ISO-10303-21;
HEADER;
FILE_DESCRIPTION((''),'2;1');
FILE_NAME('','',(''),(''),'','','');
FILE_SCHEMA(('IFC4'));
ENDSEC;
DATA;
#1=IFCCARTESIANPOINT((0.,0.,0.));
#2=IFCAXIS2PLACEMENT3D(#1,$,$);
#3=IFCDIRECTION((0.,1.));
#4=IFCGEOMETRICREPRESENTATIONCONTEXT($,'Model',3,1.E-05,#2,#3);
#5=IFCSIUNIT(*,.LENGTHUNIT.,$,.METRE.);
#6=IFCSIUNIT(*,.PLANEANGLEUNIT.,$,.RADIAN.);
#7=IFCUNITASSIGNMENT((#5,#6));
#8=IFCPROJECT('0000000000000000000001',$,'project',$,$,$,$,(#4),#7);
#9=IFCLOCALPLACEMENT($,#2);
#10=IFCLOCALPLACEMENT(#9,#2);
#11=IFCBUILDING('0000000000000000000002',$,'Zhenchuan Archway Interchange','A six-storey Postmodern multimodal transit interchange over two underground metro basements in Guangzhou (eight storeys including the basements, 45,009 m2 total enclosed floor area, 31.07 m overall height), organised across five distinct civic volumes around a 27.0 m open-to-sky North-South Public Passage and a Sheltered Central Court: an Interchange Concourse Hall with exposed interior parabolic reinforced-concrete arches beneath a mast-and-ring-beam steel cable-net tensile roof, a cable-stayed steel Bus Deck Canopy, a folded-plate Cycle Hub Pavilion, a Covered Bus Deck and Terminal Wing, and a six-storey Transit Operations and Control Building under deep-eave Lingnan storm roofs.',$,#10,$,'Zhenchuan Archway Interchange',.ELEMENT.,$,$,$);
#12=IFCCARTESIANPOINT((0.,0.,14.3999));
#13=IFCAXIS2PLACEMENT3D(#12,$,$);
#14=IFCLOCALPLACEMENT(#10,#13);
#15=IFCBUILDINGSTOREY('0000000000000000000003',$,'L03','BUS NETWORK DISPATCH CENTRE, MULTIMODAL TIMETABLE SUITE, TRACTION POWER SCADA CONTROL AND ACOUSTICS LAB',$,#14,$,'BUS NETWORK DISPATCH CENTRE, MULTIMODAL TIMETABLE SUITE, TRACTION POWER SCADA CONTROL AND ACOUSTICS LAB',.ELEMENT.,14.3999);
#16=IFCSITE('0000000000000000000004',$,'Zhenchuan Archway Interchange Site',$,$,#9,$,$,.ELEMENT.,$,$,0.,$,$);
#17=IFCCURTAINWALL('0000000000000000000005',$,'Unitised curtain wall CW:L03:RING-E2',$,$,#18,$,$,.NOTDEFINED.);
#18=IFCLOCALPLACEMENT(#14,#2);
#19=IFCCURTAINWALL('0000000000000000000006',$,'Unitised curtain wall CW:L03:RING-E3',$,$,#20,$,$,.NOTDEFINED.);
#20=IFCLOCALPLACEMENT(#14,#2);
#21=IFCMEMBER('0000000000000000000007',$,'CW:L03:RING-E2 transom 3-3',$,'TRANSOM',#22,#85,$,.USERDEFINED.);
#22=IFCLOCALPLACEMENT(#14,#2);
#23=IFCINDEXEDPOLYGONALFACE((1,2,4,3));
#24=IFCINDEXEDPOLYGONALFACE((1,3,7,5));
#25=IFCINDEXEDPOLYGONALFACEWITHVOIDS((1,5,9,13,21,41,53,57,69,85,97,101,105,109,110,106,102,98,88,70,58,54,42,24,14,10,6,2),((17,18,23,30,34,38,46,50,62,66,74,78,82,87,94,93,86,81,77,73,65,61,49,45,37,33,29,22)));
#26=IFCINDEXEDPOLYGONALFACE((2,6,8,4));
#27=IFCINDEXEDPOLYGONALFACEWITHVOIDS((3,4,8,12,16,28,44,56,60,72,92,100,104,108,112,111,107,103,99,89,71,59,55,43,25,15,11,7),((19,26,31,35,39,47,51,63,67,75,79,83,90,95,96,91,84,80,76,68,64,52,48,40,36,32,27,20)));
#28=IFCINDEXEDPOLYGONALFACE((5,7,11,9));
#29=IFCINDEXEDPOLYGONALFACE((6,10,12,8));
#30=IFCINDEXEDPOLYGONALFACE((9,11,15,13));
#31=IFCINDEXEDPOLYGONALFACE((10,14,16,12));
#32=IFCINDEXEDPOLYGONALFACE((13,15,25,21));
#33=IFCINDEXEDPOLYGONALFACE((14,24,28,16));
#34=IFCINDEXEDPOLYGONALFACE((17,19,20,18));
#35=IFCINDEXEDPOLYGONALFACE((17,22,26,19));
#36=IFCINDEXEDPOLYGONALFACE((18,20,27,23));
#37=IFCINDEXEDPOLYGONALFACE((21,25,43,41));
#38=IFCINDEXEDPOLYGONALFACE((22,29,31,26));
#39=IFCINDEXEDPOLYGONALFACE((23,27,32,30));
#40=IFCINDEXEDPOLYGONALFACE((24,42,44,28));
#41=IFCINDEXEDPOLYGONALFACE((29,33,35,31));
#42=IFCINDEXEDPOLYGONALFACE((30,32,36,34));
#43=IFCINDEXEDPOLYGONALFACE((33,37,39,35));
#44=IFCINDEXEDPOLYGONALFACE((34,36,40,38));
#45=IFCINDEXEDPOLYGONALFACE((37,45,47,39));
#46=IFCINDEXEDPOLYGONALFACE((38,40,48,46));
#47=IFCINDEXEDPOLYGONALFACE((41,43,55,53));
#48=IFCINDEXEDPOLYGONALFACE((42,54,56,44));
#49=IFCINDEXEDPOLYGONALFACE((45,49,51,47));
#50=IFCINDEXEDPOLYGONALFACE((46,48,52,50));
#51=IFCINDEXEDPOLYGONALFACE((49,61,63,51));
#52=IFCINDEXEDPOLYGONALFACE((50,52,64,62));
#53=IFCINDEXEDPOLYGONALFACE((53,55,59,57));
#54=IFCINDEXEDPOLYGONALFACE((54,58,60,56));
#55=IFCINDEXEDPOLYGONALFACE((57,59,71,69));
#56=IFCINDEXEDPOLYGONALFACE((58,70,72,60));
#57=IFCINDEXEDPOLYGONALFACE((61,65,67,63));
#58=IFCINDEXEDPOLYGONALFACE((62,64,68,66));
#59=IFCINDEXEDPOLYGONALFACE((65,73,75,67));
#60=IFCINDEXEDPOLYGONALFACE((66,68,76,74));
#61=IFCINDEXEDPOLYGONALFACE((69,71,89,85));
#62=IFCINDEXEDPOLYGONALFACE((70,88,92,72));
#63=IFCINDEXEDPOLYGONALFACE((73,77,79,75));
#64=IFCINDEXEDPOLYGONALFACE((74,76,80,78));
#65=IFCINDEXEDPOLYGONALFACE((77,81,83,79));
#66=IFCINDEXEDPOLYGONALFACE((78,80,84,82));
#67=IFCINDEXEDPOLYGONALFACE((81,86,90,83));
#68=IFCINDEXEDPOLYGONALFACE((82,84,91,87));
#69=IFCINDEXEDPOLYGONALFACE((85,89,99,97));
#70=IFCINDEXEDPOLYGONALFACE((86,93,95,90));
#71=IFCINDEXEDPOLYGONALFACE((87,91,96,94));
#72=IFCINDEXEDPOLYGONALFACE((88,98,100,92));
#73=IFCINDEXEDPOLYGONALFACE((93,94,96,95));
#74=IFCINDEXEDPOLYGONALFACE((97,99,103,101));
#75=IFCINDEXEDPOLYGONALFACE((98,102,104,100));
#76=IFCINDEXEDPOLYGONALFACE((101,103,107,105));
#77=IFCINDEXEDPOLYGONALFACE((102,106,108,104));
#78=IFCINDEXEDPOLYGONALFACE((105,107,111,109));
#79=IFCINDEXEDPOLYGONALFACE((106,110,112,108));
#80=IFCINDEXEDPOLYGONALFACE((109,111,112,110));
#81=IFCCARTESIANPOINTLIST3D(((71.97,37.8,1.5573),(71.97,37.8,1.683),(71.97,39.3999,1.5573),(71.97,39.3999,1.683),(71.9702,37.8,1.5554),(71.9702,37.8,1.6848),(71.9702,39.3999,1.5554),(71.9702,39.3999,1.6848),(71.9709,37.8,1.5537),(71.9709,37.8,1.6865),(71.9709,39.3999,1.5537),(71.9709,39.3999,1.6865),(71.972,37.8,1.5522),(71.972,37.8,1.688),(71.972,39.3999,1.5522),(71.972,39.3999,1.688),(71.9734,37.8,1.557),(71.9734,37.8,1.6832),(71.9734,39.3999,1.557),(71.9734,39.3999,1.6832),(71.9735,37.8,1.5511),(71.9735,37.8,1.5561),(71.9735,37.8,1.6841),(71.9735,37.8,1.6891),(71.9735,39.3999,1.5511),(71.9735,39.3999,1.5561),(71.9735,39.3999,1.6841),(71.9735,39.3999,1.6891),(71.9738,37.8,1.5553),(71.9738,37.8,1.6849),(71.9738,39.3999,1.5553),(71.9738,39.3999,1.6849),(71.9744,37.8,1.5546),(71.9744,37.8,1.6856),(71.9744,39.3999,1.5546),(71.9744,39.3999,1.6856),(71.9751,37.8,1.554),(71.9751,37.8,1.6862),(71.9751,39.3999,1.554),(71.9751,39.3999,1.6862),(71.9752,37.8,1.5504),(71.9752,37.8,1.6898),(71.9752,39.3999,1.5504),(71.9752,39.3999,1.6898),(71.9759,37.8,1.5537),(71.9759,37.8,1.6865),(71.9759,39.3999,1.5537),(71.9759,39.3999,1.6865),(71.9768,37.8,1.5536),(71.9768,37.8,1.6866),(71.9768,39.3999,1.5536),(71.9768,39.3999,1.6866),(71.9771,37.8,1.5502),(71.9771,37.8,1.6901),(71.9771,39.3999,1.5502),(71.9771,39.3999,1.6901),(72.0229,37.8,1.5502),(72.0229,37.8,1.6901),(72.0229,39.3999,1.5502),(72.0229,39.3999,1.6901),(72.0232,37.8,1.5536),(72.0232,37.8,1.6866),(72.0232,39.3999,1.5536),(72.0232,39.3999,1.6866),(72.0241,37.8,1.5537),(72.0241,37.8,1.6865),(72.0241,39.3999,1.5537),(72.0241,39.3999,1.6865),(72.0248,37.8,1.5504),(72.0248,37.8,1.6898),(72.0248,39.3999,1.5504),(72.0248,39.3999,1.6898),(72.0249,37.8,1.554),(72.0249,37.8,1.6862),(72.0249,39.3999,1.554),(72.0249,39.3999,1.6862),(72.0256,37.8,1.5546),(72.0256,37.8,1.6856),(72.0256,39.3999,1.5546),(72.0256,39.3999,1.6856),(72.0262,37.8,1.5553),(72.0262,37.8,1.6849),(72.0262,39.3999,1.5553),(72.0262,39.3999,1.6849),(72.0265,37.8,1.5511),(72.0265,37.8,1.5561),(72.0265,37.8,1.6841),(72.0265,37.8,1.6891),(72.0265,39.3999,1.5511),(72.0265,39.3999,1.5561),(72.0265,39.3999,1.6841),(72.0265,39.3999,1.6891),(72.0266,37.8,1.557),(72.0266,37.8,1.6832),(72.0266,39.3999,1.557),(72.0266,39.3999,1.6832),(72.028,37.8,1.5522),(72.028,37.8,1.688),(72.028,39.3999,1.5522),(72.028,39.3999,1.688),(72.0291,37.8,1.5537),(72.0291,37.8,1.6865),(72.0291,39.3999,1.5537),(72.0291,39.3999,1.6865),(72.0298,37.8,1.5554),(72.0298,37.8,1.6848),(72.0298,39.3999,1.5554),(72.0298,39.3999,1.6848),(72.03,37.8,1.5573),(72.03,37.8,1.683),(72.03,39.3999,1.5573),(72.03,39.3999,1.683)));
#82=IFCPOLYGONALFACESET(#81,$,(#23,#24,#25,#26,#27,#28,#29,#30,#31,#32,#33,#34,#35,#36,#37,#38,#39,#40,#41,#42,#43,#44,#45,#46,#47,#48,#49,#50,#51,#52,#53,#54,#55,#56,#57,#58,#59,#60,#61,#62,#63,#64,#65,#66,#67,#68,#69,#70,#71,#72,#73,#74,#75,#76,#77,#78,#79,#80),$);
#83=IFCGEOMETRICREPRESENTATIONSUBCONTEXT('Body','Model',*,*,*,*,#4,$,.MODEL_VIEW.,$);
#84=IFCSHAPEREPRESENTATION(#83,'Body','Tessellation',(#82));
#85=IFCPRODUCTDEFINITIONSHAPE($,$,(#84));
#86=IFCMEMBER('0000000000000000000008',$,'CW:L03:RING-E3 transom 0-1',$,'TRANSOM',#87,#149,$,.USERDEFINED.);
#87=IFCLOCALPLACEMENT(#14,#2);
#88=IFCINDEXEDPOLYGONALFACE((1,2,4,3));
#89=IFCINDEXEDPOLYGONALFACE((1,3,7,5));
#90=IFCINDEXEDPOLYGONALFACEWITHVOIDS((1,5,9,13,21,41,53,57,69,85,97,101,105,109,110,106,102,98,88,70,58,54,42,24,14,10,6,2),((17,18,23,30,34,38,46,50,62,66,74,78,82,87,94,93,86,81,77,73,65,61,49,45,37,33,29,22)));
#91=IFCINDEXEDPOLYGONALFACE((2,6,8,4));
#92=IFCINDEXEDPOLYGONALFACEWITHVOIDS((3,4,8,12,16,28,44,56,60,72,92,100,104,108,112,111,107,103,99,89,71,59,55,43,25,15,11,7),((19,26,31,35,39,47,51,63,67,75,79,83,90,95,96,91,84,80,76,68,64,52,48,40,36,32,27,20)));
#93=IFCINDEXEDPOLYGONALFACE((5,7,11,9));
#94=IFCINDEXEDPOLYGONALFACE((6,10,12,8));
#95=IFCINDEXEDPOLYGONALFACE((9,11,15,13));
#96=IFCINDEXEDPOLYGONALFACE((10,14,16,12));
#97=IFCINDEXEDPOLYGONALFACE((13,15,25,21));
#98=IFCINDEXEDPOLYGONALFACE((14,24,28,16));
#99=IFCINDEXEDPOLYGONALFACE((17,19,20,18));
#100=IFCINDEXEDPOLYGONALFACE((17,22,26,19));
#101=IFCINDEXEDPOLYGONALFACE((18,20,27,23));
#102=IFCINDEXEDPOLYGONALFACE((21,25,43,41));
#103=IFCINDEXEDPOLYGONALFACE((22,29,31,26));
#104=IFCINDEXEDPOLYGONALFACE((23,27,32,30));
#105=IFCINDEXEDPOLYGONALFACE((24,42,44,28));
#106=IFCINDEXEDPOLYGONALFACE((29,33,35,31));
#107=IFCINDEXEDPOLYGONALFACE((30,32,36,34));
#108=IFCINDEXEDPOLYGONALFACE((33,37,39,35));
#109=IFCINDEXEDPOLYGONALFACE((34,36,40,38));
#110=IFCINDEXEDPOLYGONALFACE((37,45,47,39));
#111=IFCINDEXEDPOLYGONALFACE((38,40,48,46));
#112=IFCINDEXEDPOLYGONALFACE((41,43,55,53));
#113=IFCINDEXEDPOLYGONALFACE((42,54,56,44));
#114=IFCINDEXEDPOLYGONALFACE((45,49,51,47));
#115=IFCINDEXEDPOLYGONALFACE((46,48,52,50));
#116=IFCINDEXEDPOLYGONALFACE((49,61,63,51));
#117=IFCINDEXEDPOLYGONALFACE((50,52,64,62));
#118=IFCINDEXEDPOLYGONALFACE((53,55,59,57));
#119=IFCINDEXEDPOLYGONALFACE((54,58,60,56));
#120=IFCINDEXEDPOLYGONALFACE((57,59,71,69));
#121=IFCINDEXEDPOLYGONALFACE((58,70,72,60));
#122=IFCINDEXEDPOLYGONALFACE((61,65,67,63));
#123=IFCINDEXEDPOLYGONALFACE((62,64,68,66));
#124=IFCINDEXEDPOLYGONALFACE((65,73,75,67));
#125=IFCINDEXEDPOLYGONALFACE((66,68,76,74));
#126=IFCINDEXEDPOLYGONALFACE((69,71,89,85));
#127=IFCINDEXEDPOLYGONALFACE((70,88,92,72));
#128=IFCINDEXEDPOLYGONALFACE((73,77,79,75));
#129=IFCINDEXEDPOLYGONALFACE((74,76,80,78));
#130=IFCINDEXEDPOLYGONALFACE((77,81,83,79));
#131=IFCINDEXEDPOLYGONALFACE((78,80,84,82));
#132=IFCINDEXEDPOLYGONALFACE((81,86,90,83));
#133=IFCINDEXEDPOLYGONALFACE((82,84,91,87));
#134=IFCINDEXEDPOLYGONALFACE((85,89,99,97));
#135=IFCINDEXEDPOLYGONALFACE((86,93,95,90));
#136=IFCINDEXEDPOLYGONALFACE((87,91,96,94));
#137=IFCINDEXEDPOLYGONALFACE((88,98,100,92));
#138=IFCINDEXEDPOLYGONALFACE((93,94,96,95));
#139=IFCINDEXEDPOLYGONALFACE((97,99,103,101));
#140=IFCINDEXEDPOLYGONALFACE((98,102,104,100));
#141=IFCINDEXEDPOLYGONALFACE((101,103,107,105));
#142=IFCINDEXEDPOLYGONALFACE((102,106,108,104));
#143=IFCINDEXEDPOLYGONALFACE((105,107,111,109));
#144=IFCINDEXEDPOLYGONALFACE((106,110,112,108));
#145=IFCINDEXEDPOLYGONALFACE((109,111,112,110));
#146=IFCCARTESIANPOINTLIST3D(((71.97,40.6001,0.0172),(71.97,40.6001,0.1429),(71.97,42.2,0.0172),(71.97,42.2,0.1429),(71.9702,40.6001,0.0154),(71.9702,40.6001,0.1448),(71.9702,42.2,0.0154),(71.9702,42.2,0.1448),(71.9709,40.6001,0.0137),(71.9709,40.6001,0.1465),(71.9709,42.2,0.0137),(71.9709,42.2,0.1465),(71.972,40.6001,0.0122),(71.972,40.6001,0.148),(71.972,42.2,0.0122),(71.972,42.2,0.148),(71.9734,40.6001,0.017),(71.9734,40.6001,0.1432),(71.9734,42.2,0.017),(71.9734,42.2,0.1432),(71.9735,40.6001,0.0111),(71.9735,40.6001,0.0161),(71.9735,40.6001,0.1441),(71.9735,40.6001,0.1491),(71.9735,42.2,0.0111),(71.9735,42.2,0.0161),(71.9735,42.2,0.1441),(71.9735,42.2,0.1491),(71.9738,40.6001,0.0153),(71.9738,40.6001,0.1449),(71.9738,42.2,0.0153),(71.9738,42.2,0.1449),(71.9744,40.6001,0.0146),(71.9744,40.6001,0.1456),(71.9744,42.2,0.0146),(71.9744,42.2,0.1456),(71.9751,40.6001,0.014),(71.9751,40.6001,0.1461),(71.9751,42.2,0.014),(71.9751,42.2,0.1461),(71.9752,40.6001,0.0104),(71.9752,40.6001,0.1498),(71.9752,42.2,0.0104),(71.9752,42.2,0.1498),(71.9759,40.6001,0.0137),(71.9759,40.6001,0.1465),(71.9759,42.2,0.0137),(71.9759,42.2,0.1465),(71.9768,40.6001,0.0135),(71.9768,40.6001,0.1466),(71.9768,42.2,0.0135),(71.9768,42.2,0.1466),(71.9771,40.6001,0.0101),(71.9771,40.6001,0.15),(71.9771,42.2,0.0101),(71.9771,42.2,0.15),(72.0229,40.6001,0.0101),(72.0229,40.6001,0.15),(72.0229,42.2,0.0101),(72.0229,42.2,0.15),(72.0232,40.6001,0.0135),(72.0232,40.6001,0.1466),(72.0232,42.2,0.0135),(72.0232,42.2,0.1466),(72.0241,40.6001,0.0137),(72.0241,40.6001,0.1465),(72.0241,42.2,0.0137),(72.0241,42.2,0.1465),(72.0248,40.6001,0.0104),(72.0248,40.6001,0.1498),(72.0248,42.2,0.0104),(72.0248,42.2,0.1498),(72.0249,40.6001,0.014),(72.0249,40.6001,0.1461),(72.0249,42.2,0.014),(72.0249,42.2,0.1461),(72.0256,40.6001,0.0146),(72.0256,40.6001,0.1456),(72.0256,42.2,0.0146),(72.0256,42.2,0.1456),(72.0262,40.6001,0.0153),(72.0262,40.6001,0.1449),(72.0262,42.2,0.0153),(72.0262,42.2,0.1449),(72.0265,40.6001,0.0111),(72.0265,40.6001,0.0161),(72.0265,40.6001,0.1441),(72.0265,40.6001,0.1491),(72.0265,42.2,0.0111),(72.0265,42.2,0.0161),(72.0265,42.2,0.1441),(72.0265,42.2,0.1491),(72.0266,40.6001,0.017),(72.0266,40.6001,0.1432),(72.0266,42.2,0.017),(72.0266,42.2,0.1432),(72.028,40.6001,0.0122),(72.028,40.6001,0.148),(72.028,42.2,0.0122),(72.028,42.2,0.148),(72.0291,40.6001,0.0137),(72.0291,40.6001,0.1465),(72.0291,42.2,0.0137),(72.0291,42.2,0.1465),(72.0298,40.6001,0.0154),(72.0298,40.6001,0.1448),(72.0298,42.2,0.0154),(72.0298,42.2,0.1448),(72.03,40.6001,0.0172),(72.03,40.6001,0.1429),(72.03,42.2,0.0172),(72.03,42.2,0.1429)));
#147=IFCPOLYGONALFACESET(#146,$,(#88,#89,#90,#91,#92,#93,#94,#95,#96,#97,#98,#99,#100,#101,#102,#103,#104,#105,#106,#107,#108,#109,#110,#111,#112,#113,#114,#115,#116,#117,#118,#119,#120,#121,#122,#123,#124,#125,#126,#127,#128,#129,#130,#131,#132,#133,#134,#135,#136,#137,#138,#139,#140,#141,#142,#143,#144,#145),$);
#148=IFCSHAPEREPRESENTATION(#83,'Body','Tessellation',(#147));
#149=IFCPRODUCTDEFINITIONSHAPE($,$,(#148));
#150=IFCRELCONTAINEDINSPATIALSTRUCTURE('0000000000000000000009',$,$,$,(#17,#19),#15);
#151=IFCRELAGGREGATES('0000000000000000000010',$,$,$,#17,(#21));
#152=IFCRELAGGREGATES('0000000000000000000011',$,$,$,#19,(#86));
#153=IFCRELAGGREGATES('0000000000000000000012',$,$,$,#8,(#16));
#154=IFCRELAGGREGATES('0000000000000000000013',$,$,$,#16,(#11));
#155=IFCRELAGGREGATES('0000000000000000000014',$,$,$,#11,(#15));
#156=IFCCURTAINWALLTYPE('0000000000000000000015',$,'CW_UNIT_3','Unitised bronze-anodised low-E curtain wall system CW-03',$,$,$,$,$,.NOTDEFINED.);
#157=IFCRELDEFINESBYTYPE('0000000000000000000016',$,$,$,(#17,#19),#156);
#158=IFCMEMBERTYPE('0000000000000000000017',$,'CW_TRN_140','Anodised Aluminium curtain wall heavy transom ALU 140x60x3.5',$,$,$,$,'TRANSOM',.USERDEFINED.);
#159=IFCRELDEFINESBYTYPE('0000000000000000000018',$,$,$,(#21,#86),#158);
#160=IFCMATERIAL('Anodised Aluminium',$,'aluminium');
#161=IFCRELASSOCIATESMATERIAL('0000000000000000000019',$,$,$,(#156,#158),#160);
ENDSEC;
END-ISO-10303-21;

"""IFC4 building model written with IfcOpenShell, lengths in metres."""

from ifc_helpers import new_model, si_unit, direction, frame, origin, origin_2d, place, context, subcontext, project, spatial, hollow_rectangle, extrude, material, material_profile, profile_set, type_object, element, aggregate, save


model = new_model("IFC4")

# Units and contexts
model_context = context("Model", 3, precision=1e-05, world=origin(), true_north=direction((0.0, 1.0)))
body_context = subcontext(model_context, "Body", "Model", "MODEL_VIEW")
ifc_project = project(units=[si_unit("LENGTHUNIT", "METRE"), si_unit("PLANEANGLEUNIT", "RADIAN")], contexts=[model_context])

# Site, building, storey
site_placement = place(None, origin())
site = spatial("IfcSite", under=ifc_project, at=site_placement, Name="Zhenchuan Archway Interchange Site", CompositionType="ELEMENT", RefElevation=0.0)
building_placement = place(site_placement, origin())
building = spatial("IfcBuilding", under=site, at=building_placement, Name="Zhenchuan Archway Interchange", Description="A six-storey Postmodern multimodal transit interchange over two underground metro basements in Guangzhou (eight storeys including the basements, 45,009 m2 total enclosed floor area, 31.07 m overall height), organised across five distinct civic volumes around a 27.0 m open-to-sky North-South Public Passage and a Sheltered Central Court: an Interchange Concourse Hall with exposed interior parabolic reinforced-concrete arches beneath a mast-and-ring-beam steel cable-net tensile roof, a cable-stayed steel Bus Deck Canopy, a folded-plate Cycle Hub Pavilion, a Covered Bus Deck and Terminal Wing, and a six-storey Transit Operations and Control Building under deep-eave Lingnan storm roofs.", LongName="Zhenchuan Archway Interchange", CompositionType="ELEMENT")
storey_placement = place(building_placement, frame((0.0, 0.0, 14.3999)))
storey = spatial("IfcBuildingStorey", under=building, at=storey_placement, Name="L03", Description="BUS NETWORK DISPATCH CENTRE, MULTIMODAL TIMETABLE SUITE, TRACTION POWER SCADA CONTROL AND ACOUSTICS LAB", LongName="BUS NETWORK DISPATCH CENTRE, MULTIMODAL TIMETABLE SUITE, TRACTION POWER SCADA CONTROL AND ACOUSTICS LAB", CompositionType="ELEMENT", Elevation=14.3999)

# Curtain walls
ifc_material_1 = material(Name="Anodised Aluminium", Category="aluminium")
curtain_wall_type = type_object("IfcCurtainWallType", Name="CW_UNIT_3", Description="Unitised bronze-anodised low-E curtain wall system CW-03", PredefinedType="NOTDEFINED", material=ifc_material_1)
curtain_wall_1_placement = place(storey_placement, origin())
curtain_wall_1 = element("IfcCurtainWall", 1, at=curtain_wall_1_placement, inside=storey, type_object=curtain_wall_type, Name="Unitised curtain wall CW:L03:RING-E2", PredefinedType="NOTDEFINED")
curtain_wall_2_placement = place(storey_placement, origin())
curtain_wall_2 = element("IfcCurtainWall", 2, at=curtain_wall_2_placement, inside=storey, type_object=curtain_wall_type, Name="Unitised curtain wall CW:L03:RING-E3", PredefinedType="NOTDEFINED")

# Members
ifc_material_profile_1 = material_profile(ifc_material_1, hollow_rectangle(XDim=0.0601, YDim=0.1399, WallThickness=0.0034, InnerFilletRadius=0.0034, OuterFilletRadius=0.0071, at=origin_2d()), Name="ALU 140x60x3.5")
ifc_profile_set_1 = profile_set([ifc_material_profile_1], Name="Anodised Aluminium")
member_type_1 = type_object("IfcMemberType", Name="CW_TRN_140", Description="Anodised Aluminium curtain wall heavy transom ALU 140x60x3.5", ElementType="TRANSOM", PredefinedType="USERDEFINED", material=ifc_profile_set_1)
member_1_placement = place(storey_placement, frame((72.0, 37.8, 1.6201), z_axis=(0.0, 1.0, 0.0), x_axis=(-1.0, 0.0, 0.0)))
member_1 = element("IfcMember", 3, at=member_1_placement, type_object=member_type_1, Name="CW:L03:RING-E2 transom 3-3", ObjectType="TRANSOM", PredefinedType="USERDEFINED", context=body_context, shape_type="SweptSolid", body=[
    extrude(hollow_rectangle(XDim=0.0601, YDim=0.1399, WallThickness=0.0034, InnerFilletRadius=0.0034, OuterFilletRadius=0.0071, at=origin_2d()), origin(), (0.0, 0.0, 1.0), 1.5999),
])
member_2_placement = place(storey_placement, frame((72.0, 40.6001, 0.0801), z_axis=(0.0, 1.0, 0.0), x_axis=(-1.0, 0.0, 0.0)))
member_2 = element("IfcMember", 4, at=member_2_placement, type_object=member_type_1, Name="CW:L03:RING-E3 transom 0-1", ObjectType="TRANSOM", PredefinedType="USERDEFINED", context=body_context, shape_type="SweptSolid", body=[
    extrude(hollow_rectangle(XDim=0.0601, YDim=0.1399, WallThickness=0.0034, InnerFilletRadius=0.0034, OuterFilletRadius=0.0071, at=origin_2d()), origin(), (0.0, 0.0, 1.0), 1.5999),
])

aggregate(curtain_wall_1, [member_1])
aggregate(curtain_wall_2, [member_2])

save(model, "model.ifc")
